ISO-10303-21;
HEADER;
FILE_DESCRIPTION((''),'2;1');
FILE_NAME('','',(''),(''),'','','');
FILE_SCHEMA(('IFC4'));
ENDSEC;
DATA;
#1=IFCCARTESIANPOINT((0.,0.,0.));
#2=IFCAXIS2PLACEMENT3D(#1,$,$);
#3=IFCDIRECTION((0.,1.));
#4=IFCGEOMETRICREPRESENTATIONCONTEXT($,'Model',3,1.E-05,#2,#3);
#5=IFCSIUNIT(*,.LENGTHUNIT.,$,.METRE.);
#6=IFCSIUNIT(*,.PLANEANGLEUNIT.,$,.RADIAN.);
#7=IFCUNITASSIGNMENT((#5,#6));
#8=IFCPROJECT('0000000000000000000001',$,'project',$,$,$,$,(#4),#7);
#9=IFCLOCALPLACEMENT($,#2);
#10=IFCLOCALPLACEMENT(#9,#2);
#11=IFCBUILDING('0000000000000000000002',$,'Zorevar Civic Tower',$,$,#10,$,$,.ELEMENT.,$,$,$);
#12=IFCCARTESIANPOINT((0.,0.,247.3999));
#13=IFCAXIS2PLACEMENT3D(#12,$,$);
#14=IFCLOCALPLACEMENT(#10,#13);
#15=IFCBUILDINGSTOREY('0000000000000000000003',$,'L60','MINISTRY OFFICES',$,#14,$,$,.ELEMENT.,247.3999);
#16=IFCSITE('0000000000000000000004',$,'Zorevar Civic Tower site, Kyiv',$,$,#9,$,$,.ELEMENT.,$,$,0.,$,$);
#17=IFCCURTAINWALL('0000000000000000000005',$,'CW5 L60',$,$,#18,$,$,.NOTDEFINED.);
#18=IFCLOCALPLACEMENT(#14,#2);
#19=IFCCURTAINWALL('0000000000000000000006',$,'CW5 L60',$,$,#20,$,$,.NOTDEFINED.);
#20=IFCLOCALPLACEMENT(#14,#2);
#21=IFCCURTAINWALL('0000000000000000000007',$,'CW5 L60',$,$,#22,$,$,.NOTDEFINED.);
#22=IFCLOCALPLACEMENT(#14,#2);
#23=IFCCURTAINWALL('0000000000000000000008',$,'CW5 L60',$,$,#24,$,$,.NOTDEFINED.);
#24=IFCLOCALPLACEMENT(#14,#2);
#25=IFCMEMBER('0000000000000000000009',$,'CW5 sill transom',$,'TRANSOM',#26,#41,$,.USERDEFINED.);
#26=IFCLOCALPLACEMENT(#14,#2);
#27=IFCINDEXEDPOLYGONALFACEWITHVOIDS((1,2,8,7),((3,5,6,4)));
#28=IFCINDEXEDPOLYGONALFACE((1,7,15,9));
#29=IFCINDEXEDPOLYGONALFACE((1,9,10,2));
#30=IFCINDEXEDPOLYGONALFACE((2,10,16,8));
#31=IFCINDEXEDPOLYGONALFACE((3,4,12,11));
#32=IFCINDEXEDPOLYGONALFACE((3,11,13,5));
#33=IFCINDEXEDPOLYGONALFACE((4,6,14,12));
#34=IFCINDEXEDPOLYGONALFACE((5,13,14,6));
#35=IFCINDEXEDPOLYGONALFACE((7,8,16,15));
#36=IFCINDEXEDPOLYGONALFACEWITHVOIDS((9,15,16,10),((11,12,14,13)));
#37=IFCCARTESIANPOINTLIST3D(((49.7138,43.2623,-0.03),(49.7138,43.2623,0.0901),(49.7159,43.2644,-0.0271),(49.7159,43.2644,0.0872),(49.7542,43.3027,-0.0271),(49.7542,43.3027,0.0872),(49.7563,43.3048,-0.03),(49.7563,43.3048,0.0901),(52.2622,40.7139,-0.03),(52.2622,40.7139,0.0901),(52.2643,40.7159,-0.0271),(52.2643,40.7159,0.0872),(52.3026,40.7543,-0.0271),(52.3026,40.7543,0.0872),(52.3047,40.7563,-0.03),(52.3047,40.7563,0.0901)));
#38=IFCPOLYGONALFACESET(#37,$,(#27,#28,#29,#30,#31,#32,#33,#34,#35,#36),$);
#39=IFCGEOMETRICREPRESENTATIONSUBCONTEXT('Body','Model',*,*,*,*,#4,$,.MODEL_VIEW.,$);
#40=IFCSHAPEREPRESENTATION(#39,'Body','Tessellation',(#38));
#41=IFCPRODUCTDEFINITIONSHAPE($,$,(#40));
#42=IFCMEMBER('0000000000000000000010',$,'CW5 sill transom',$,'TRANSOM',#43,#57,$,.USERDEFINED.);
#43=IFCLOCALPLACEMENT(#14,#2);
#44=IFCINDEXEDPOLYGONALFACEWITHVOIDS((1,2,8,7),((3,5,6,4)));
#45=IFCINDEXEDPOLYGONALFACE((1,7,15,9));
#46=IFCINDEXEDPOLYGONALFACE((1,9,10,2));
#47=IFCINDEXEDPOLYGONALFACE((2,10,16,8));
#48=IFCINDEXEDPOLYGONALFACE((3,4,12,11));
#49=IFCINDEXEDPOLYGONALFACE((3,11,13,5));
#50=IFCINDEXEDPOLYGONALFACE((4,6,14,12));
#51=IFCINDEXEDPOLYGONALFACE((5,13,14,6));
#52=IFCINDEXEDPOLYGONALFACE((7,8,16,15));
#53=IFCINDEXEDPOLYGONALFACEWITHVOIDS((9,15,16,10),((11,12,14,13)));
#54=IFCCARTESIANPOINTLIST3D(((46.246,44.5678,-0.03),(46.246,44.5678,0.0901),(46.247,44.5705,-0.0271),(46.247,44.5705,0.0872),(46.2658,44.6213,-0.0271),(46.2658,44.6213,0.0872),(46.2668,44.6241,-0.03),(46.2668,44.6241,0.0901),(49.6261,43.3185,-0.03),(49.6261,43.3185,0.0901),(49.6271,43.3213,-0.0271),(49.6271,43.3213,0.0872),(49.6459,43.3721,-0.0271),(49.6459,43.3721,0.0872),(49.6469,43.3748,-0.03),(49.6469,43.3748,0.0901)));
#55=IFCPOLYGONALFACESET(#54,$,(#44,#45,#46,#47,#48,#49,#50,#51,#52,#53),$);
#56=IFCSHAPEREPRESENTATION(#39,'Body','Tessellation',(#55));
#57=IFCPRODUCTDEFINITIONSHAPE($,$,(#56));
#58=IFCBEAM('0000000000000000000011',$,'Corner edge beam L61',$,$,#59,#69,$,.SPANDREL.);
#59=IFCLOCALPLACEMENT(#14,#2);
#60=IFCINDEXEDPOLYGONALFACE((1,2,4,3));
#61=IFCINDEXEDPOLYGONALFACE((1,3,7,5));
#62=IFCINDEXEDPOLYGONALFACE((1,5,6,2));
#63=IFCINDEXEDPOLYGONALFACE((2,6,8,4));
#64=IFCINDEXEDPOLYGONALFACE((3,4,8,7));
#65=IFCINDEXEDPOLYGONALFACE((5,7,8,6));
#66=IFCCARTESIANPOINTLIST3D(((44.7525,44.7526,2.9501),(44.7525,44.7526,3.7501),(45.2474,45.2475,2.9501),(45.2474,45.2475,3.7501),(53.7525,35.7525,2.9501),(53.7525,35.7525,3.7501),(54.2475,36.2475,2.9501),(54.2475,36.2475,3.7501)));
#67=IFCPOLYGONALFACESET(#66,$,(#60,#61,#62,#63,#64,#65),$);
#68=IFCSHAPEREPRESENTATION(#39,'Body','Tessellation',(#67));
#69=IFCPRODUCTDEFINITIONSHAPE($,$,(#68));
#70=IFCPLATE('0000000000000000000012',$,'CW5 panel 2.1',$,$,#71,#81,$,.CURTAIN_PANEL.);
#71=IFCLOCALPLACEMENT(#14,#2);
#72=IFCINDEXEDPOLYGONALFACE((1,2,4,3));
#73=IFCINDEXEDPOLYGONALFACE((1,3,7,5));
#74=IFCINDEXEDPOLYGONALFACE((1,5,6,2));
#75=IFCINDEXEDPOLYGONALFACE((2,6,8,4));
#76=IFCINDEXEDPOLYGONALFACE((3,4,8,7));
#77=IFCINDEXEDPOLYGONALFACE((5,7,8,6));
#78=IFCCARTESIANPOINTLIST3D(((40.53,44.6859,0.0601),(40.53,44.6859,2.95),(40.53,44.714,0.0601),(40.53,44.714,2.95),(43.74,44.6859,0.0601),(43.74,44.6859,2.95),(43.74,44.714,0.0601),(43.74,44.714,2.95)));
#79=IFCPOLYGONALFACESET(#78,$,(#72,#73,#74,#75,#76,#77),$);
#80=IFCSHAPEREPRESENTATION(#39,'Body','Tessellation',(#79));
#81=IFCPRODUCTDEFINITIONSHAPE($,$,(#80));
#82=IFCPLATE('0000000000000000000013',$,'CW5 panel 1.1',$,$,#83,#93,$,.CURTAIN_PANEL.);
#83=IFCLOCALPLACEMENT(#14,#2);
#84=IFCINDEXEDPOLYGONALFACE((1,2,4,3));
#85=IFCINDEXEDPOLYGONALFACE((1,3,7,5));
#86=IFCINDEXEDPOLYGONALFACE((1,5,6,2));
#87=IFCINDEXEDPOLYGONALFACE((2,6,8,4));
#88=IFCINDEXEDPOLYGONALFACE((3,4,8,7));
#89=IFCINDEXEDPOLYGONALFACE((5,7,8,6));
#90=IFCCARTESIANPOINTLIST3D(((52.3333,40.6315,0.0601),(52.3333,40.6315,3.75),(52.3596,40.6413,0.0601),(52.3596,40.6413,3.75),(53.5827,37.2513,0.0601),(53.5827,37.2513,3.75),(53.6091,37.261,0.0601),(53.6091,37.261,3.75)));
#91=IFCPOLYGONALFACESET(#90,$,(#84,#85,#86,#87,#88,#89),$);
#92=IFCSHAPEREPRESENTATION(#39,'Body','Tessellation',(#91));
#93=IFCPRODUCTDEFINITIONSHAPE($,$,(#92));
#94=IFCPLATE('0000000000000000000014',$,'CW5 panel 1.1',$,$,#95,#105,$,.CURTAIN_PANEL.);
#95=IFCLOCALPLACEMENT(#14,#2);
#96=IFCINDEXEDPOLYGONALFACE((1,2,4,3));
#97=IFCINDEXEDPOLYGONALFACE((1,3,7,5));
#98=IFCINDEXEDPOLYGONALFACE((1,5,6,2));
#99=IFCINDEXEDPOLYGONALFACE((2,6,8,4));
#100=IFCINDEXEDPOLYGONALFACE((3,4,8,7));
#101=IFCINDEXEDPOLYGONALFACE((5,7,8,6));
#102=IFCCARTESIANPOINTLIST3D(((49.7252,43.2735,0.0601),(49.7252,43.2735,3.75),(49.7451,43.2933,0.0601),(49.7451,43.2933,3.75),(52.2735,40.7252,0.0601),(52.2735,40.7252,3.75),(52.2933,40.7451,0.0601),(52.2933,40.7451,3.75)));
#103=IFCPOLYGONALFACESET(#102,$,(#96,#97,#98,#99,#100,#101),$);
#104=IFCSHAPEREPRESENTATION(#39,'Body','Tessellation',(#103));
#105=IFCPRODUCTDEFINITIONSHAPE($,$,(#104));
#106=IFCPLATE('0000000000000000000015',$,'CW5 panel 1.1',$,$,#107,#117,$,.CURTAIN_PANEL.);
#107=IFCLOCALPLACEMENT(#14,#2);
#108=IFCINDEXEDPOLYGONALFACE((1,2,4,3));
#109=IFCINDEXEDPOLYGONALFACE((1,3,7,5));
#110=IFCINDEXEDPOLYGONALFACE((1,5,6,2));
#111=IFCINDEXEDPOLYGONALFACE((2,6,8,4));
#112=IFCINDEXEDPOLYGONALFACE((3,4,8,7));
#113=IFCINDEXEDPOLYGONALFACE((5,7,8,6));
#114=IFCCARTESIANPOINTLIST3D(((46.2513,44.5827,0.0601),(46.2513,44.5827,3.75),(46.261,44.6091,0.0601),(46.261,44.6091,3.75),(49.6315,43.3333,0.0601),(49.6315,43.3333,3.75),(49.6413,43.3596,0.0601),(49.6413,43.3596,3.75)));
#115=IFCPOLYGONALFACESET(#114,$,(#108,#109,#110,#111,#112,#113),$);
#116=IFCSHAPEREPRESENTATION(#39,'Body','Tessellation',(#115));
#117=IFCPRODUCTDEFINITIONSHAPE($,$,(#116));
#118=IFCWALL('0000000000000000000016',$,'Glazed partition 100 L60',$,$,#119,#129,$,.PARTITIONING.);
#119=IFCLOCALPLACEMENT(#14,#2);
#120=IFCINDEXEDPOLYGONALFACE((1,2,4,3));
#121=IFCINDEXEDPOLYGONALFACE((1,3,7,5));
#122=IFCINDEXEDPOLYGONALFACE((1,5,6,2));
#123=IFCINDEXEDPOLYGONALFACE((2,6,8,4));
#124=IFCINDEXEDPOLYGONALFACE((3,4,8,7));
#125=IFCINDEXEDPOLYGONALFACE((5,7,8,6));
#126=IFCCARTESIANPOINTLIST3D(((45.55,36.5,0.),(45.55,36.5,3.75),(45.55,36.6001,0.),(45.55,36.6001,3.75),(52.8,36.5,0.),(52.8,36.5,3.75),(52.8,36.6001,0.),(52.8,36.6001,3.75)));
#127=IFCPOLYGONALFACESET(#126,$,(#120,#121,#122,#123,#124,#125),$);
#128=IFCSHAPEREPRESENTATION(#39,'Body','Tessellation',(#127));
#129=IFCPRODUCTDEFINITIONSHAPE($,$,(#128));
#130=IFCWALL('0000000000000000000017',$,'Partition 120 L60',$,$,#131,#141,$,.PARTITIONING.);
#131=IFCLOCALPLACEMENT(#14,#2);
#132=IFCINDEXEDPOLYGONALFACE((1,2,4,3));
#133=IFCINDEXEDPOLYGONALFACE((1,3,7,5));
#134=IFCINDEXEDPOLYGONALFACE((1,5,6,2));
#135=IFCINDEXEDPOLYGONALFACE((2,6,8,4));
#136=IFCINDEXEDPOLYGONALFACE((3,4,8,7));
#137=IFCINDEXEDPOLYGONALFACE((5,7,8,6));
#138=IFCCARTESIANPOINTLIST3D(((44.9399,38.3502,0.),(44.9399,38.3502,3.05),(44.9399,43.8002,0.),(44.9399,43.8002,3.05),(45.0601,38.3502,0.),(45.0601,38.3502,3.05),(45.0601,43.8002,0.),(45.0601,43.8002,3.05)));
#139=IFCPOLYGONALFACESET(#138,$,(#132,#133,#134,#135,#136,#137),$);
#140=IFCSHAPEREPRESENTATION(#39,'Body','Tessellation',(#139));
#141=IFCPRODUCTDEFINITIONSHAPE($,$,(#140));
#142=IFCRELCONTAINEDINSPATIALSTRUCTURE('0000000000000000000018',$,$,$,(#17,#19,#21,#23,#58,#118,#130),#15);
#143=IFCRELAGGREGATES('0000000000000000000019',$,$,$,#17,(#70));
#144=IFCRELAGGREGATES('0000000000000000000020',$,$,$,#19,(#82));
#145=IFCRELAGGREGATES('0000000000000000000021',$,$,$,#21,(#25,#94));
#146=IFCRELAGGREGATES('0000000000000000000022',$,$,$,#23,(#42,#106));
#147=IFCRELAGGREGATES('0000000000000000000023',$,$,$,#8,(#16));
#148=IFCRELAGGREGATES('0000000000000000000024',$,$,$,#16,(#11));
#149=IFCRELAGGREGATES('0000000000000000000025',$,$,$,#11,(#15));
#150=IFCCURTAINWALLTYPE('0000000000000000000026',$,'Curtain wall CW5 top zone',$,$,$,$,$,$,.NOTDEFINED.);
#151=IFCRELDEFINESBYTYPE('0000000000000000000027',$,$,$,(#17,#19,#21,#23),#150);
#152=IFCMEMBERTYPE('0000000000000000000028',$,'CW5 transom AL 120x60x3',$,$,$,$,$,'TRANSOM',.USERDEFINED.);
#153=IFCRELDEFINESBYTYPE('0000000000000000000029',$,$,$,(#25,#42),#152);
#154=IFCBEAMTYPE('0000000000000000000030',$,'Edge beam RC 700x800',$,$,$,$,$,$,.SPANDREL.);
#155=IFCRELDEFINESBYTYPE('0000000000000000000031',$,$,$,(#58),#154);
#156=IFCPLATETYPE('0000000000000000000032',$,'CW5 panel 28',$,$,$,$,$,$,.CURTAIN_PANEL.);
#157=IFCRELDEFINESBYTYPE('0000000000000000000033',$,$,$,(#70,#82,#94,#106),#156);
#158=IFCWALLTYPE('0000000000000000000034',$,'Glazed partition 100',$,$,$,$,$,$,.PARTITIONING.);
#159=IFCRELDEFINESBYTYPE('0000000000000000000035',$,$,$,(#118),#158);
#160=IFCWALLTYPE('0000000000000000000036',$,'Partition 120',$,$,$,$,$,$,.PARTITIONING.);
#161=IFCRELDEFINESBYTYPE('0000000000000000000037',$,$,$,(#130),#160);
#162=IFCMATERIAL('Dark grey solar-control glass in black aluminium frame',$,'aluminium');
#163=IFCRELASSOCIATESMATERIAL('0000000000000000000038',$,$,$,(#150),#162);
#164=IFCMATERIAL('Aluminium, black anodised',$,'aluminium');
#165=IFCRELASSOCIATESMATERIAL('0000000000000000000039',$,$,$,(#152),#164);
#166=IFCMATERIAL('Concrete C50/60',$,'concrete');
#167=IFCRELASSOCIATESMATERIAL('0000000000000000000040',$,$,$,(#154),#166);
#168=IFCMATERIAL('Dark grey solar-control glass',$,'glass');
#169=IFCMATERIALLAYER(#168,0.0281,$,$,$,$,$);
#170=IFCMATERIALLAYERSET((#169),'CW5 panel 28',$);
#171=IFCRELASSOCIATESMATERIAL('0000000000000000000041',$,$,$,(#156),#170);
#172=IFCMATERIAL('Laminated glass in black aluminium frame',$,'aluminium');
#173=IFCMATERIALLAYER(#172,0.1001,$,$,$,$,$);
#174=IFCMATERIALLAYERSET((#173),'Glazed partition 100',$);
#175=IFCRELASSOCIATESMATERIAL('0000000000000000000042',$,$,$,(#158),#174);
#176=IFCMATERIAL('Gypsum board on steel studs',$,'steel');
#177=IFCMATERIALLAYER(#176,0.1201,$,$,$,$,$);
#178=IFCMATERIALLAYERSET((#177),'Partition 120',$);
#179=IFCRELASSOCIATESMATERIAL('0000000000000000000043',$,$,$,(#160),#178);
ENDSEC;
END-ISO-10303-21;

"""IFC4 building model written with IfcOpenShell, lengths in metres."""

from ifc_helpers import new_model, si_unit, direction, frame, frame_2d, origin, origin_2d, place, context, subcontext, project, spatial, rectangle, hollow_rectangle, extrude, material, layer, layer_set, material_profile, profile_set, type_object, element, aggregate, save


model = new_model("IFC4")

# Units and contexts
model_context = context("Model", 3, precision=1e-05, world=origin(), true_north=direction((0.0, 1.0)))
body_context = subcontext(model_context, "Body", "Model", "MODEL_VIEW")
ifc_project = project(units=[si_unit("LENGTHUNIT", "METRE"), si_unit("PLANEANGLEUNIT", "RADIAN")], contexts=[model_context])

# Site, building, storey
site_placement = place(None, origin())
site = spatial("IfcSite", under=ifc_project, at=site_placement, Name="Zorevar Civic Tower site, Kyiv", CompositionType="ELEMENT", RefElevation=0.0)
building_placement = place(site_placement, origin())
building = spatial("IfcBuilding", under=site, at=building_placement, Name="Zorevar Civic Tower", CompositionType="ELEMENT")
storey_placement = place(building_placement, frame((0.0, 0.0, 247.3999)))
storey = spatial("IfcBuildingStorey", under=building, at=storey_placement, Name="L60", Description="MINISTRY OFFICES", CompositionType="ELEMENT", Elevation=247.3999)

# Curtain wall
ifc_material_1 = material(Name="Dark grey solar-control glass in black aluminium frame", Category="aluminium")
curtain_wall_type = type_object("IfcCurtainWallType", Name="Curtain wall CW5 top zone", PredefinedType="NOTDEFINED", material=ifc_material_1)
curtain_wall_1_placement = place(storey_placement, origin())
curtain_wall_1 = element("IfcCurtainWall", 1, at=curtain_wall_1_placement, inside=storey, type_object=curtain_wall_type, Name="CW5 L60", PredefinedType="NOTDEFINED")

# Curtain walls
curtain_wall_2_placement = place(storey_placement, origin())
curtain_wall_2 = element("IfcCurtainWall", 2, at=curtain_wall_2_placement, inside=storey, type_object=curtain_wall_type, Name="CW5 L60", PredefinedType="NOTDEFINED")
curtain_wall_3_placement = place(storey_placement, origin())
curtain_wall_3 = element("IfcCurtainWall", 3, at=curtain_wall_3_placement, inside=storey, type_object=curtain_wall_type, Name="CW5 L60", PredefinedType="NOTDEFINED")
curtain_wall_4_placement = place(storey_placement, origin())
curtain_wall_4 = element("IfcCurtainWall", 4, at=curtain_wall_4_placement, inside=storey, type_object=curtain_wall_type, Name="CW5 L60", PredefinedType="NOTDEFINED")

# Members
ifc_material_2 = material(Name="Aluminium, black anodised", Category="aluminium")
ifc_material_profile_1 = material_profile(ifc_material_2, hollow_rectangle(XDim=0.0601, YDim=0.1201, WallThickness=0.0029, at=origin_2d()), Name="AL 120x60x3")
ifc_profile_set_1 = profile_set([ifc_material_profile_1], Name="Aluminium, black anodised")
member_type_1 = type_object("IfcMemberType", Name="CW5 transom AL 120x60x3", ElementType="TRANSOM", PredefinedType="USERDEFINED", material=ifc_profile_set_1)
member_1_placement = place(storey_placement, frame((52.2834, 40.7351, 0.03), z_axis=(-0.707107, 0.707107, 0.0), x_axis=(-0.707107, -0.707107, 0.0)))
member_1 = element("IfcMember", 5, at=member_1_placement, type_object=member_type_1, Name="CW5 sill transom", ObjectType="TRANSOM", PredefinedType="USERDEFINED", context=body_context, shape_type="SweptSolid", body=[
    extrude(hollow_rectangle(XDim=0.0601, YDim=0.1201, WallThickness=0.0029, at=origin_2d()), origin(), (0.0, 0.0, 1.0), 3.604),
])
member_2_placement = place(storey_placement, frame((49.6365, 43.3467, 0.03), z_axis=(-0.937986, 0.346672, 0.0), x_axis=(-0.346672, -0.937986, 0.0)))
member_2 = element("IfcMember", 6, at=member_2_placement, type_object=member_type_1, Name="CW5 sill transom", ObjectType="TRANSOM", PredefinedType="USERDEFINED", context=body_context, shape_type="SweptSolid", body=[
    extrude(hollow_rectangle(XDim=0.0601, YDim=0.1201, WallThickness=0.0029, at=origin_2d()), origin(), (0.0, 0.0, 1.0), 3.6035),
])

# Beam
ifc_material_3 = material(Name="Concrete C50/60", Category="concrete")
ifc_material_profile_2 = material_profile(ifc_material_3, rectangle(XDim=0.7, YDim=0.8, at=origin_2d()), Name="RC 700x800")
ifc_profile_set_2 = profile_set([ifc_material_profile_2], Name="Concrete C50/60")
beam_type_1 = type_object("IfcBeamType", Name="Edge beam RC 700x800", PredefinedType="SPANDREL", material=ifc_profile_set_2)
beam_1_placement = place(storey_placement, frame((54.0, 36.0, 3.3501), z_axis=(-0.707107, 0.707107, 0.0), x_axis=(-0.707107, -0.707107, 0.0)))
element("IfcBeam", 7, at=beam_1_placement, inside=storey, type_object=beam_type_1, Name="Corner edge beam L61", PredefinedType="SPANDREL", context=body_context, shape_type="SweptSolid", body=[
    extrude(rectangle(XDim=0.7, YDim=0.8, at=origin_2d()), origin(), (0.0, 0.0, 1.0), 12.728),
])

# Plates
ifc_material_4 = material(Name="Dark grey solar-control glass", Category="glass")
ifc_layer_1 = layer(ifc_material_4, 0.0281)
ifc_layer_set_1 = layer_set([ifc_layer_1], Name="CW5 panel 28")
plate_type = type_object("IfcPlateType", Name="CW5 panel 28", PredefinedType="CURTAIN_PANEL", material=ifc_layer_set_1)
plate_1_placement = place(storey_placement, frame((42.135, 44.7, 0.0601), z_axis=(0.0, 0.0, 1.0), x_axis=(1.0, 0.0, 0.0)))
plate_1 = element("IfcPlate", 8, at=plate_1_placement, type_object=plate_type, Name="CW5 panel 2.1", PredefinedType="CURTAIN_PANEL", context=body_context, shape_type="SweptSolid", body=[
    extrude(rectangle(XDim=3.21, YDim=0.0281, at=origin_2d()), origin(), (0.0, 0.0, 1.0), 2.8899),
])
aggregate(curtain_wall_1, [plate_1])
plate_2_placement = place(storey_placement, frame((52.9712, 38.9463, 0.0601), z_axis=(0.0, 0.0, 1.0), x_axis=(-0.346704, 0.937975, 0.0)))
plate_2 = element("IfcPlate", 9, at=plate_2_placement, type_object=plate_type, Name="CW5 panel 1.1", PredefinedType="CURTAIN_PANEL", context=body_context, shape_type="SweptSolid", body=[
    extrude(rectangle(XDim=3.6038, YDim=0.0281, at=origin_2d()), origin(), (0.0, 0.0, 1.0), 3.6899),
])
aggregate(curtain_wall_2, [plate_2])
plate_3_placement = place(storey_placement, frame((51.0093, 42.0093, 0.0601), z_axis=(0.0, 0.0, 1.0), x_axis=(-0.707107, 0.707107, 0.0)))
plate_3 = element("IfcPlate", 10, at=plate_3_placement, type_object=plate_type, Name="CW5 panel 1.1", PredefinedType="CURTAIN_PANEL", context=body_context, shape_type="SweptSolid", body=[
    extrude(rectangle(XDim=3.6038, YDim=0.0281, at=origin_2d()), origin(), (0.0, 0.0, 1.0), 3.6899),
])
aggregate(curtain_wall_3, [member_1, plate_3])
plate_4_placement = place(storey_placement, frame((47.9463, 43.9712, 0.0601), z_axis=(0.0, 0.0, 1.0), x_axis=(-0.937975, 0.346704, 0.0)))
plate_4 = element("IfcPlate", 11, at=plate_4_placement, type_object=plate_type, Name="CW5 panel 1.1", PredefinedType="CURTAIN_PANEL", context=body_context, shape_type="SweptSolid", body=[
    extrude(rectangle(XDim=3.6038, YDim=0.0281, at=origin_2d()), origin(), (0.0, 0.0, 1.0), 3.6899),
])
aggregate(curtain_wall_4, [member_2, plate_4])

# Walls
ifc_material_5 = material(Name="Laminated glass in black aluminium frame", Category="aluminium")
ifc_layer_2 = layer(ifc_material_5, 0.1001)
ifc_layer_set_2 = layer_set([ifc_layer_2], Name="Glazed partition 100")
wall_type_1 = type_object("IfcWallType", Name="Glazed partition 100", PredefinedType="PARTITIONING", material=ifc_layer_set_2)
wall_1_placement = place(storey_placement, frame((45.55, 36.55, 0.0), z_axis=(0.0, 0.0, 1.0), x_axis=(1.0, 0.0, 0.0)))
element("IfcWall", 12, at=wall_1_placement, inside=storey, type_object=wall_type_1, Name="Glazed partition 100 L60", PredefinedType="PARTITIONING", context=body_context, shape_type="SweptSolid", body=[
    extrude(rectangle(XDim=7.25, YDim=0.1001, at=frame_2d((3.625, 0.0))), origin(), (0.0, 0.0, 1.0), 3.75),
])
ifc_material_6 = material(Name="Gypsum board on steel studs", Category="steel")
ifc_layer_3 = layer(ifc_material_6, 0.1201)
ifc_layer_set_3 = layer_set([ifc_layer_3], Name="Partition 120")
wall_type_2 = type_object("IfcWallType", Name="Partition 120", PredefinedType="PARTITIONING", material=ifc_layer_set_3)
wall_2_placement = place(storey_placement, frame((45.0, 38.3501, 0.0), z_axis=(0.0, 0.0, 1.0), x_axis=(0.0, 1.0, 0.0)))
element("IfcWall", 13, at=wall_2_placement, inside=storey, type_object=wall_type_2, Name="Partition 120 L60", PredefinedType="PARTITIONING", context=body_context, shape_type="SweptSolid", body=[
    extrude(rectangle(XDim=5.45, YDim=0.1201, at=frame_2d((2.7251, 0.0))), origin(), (0.0, 0.0, 1.0), 3.05),
])

save(model, "model.ifc")
